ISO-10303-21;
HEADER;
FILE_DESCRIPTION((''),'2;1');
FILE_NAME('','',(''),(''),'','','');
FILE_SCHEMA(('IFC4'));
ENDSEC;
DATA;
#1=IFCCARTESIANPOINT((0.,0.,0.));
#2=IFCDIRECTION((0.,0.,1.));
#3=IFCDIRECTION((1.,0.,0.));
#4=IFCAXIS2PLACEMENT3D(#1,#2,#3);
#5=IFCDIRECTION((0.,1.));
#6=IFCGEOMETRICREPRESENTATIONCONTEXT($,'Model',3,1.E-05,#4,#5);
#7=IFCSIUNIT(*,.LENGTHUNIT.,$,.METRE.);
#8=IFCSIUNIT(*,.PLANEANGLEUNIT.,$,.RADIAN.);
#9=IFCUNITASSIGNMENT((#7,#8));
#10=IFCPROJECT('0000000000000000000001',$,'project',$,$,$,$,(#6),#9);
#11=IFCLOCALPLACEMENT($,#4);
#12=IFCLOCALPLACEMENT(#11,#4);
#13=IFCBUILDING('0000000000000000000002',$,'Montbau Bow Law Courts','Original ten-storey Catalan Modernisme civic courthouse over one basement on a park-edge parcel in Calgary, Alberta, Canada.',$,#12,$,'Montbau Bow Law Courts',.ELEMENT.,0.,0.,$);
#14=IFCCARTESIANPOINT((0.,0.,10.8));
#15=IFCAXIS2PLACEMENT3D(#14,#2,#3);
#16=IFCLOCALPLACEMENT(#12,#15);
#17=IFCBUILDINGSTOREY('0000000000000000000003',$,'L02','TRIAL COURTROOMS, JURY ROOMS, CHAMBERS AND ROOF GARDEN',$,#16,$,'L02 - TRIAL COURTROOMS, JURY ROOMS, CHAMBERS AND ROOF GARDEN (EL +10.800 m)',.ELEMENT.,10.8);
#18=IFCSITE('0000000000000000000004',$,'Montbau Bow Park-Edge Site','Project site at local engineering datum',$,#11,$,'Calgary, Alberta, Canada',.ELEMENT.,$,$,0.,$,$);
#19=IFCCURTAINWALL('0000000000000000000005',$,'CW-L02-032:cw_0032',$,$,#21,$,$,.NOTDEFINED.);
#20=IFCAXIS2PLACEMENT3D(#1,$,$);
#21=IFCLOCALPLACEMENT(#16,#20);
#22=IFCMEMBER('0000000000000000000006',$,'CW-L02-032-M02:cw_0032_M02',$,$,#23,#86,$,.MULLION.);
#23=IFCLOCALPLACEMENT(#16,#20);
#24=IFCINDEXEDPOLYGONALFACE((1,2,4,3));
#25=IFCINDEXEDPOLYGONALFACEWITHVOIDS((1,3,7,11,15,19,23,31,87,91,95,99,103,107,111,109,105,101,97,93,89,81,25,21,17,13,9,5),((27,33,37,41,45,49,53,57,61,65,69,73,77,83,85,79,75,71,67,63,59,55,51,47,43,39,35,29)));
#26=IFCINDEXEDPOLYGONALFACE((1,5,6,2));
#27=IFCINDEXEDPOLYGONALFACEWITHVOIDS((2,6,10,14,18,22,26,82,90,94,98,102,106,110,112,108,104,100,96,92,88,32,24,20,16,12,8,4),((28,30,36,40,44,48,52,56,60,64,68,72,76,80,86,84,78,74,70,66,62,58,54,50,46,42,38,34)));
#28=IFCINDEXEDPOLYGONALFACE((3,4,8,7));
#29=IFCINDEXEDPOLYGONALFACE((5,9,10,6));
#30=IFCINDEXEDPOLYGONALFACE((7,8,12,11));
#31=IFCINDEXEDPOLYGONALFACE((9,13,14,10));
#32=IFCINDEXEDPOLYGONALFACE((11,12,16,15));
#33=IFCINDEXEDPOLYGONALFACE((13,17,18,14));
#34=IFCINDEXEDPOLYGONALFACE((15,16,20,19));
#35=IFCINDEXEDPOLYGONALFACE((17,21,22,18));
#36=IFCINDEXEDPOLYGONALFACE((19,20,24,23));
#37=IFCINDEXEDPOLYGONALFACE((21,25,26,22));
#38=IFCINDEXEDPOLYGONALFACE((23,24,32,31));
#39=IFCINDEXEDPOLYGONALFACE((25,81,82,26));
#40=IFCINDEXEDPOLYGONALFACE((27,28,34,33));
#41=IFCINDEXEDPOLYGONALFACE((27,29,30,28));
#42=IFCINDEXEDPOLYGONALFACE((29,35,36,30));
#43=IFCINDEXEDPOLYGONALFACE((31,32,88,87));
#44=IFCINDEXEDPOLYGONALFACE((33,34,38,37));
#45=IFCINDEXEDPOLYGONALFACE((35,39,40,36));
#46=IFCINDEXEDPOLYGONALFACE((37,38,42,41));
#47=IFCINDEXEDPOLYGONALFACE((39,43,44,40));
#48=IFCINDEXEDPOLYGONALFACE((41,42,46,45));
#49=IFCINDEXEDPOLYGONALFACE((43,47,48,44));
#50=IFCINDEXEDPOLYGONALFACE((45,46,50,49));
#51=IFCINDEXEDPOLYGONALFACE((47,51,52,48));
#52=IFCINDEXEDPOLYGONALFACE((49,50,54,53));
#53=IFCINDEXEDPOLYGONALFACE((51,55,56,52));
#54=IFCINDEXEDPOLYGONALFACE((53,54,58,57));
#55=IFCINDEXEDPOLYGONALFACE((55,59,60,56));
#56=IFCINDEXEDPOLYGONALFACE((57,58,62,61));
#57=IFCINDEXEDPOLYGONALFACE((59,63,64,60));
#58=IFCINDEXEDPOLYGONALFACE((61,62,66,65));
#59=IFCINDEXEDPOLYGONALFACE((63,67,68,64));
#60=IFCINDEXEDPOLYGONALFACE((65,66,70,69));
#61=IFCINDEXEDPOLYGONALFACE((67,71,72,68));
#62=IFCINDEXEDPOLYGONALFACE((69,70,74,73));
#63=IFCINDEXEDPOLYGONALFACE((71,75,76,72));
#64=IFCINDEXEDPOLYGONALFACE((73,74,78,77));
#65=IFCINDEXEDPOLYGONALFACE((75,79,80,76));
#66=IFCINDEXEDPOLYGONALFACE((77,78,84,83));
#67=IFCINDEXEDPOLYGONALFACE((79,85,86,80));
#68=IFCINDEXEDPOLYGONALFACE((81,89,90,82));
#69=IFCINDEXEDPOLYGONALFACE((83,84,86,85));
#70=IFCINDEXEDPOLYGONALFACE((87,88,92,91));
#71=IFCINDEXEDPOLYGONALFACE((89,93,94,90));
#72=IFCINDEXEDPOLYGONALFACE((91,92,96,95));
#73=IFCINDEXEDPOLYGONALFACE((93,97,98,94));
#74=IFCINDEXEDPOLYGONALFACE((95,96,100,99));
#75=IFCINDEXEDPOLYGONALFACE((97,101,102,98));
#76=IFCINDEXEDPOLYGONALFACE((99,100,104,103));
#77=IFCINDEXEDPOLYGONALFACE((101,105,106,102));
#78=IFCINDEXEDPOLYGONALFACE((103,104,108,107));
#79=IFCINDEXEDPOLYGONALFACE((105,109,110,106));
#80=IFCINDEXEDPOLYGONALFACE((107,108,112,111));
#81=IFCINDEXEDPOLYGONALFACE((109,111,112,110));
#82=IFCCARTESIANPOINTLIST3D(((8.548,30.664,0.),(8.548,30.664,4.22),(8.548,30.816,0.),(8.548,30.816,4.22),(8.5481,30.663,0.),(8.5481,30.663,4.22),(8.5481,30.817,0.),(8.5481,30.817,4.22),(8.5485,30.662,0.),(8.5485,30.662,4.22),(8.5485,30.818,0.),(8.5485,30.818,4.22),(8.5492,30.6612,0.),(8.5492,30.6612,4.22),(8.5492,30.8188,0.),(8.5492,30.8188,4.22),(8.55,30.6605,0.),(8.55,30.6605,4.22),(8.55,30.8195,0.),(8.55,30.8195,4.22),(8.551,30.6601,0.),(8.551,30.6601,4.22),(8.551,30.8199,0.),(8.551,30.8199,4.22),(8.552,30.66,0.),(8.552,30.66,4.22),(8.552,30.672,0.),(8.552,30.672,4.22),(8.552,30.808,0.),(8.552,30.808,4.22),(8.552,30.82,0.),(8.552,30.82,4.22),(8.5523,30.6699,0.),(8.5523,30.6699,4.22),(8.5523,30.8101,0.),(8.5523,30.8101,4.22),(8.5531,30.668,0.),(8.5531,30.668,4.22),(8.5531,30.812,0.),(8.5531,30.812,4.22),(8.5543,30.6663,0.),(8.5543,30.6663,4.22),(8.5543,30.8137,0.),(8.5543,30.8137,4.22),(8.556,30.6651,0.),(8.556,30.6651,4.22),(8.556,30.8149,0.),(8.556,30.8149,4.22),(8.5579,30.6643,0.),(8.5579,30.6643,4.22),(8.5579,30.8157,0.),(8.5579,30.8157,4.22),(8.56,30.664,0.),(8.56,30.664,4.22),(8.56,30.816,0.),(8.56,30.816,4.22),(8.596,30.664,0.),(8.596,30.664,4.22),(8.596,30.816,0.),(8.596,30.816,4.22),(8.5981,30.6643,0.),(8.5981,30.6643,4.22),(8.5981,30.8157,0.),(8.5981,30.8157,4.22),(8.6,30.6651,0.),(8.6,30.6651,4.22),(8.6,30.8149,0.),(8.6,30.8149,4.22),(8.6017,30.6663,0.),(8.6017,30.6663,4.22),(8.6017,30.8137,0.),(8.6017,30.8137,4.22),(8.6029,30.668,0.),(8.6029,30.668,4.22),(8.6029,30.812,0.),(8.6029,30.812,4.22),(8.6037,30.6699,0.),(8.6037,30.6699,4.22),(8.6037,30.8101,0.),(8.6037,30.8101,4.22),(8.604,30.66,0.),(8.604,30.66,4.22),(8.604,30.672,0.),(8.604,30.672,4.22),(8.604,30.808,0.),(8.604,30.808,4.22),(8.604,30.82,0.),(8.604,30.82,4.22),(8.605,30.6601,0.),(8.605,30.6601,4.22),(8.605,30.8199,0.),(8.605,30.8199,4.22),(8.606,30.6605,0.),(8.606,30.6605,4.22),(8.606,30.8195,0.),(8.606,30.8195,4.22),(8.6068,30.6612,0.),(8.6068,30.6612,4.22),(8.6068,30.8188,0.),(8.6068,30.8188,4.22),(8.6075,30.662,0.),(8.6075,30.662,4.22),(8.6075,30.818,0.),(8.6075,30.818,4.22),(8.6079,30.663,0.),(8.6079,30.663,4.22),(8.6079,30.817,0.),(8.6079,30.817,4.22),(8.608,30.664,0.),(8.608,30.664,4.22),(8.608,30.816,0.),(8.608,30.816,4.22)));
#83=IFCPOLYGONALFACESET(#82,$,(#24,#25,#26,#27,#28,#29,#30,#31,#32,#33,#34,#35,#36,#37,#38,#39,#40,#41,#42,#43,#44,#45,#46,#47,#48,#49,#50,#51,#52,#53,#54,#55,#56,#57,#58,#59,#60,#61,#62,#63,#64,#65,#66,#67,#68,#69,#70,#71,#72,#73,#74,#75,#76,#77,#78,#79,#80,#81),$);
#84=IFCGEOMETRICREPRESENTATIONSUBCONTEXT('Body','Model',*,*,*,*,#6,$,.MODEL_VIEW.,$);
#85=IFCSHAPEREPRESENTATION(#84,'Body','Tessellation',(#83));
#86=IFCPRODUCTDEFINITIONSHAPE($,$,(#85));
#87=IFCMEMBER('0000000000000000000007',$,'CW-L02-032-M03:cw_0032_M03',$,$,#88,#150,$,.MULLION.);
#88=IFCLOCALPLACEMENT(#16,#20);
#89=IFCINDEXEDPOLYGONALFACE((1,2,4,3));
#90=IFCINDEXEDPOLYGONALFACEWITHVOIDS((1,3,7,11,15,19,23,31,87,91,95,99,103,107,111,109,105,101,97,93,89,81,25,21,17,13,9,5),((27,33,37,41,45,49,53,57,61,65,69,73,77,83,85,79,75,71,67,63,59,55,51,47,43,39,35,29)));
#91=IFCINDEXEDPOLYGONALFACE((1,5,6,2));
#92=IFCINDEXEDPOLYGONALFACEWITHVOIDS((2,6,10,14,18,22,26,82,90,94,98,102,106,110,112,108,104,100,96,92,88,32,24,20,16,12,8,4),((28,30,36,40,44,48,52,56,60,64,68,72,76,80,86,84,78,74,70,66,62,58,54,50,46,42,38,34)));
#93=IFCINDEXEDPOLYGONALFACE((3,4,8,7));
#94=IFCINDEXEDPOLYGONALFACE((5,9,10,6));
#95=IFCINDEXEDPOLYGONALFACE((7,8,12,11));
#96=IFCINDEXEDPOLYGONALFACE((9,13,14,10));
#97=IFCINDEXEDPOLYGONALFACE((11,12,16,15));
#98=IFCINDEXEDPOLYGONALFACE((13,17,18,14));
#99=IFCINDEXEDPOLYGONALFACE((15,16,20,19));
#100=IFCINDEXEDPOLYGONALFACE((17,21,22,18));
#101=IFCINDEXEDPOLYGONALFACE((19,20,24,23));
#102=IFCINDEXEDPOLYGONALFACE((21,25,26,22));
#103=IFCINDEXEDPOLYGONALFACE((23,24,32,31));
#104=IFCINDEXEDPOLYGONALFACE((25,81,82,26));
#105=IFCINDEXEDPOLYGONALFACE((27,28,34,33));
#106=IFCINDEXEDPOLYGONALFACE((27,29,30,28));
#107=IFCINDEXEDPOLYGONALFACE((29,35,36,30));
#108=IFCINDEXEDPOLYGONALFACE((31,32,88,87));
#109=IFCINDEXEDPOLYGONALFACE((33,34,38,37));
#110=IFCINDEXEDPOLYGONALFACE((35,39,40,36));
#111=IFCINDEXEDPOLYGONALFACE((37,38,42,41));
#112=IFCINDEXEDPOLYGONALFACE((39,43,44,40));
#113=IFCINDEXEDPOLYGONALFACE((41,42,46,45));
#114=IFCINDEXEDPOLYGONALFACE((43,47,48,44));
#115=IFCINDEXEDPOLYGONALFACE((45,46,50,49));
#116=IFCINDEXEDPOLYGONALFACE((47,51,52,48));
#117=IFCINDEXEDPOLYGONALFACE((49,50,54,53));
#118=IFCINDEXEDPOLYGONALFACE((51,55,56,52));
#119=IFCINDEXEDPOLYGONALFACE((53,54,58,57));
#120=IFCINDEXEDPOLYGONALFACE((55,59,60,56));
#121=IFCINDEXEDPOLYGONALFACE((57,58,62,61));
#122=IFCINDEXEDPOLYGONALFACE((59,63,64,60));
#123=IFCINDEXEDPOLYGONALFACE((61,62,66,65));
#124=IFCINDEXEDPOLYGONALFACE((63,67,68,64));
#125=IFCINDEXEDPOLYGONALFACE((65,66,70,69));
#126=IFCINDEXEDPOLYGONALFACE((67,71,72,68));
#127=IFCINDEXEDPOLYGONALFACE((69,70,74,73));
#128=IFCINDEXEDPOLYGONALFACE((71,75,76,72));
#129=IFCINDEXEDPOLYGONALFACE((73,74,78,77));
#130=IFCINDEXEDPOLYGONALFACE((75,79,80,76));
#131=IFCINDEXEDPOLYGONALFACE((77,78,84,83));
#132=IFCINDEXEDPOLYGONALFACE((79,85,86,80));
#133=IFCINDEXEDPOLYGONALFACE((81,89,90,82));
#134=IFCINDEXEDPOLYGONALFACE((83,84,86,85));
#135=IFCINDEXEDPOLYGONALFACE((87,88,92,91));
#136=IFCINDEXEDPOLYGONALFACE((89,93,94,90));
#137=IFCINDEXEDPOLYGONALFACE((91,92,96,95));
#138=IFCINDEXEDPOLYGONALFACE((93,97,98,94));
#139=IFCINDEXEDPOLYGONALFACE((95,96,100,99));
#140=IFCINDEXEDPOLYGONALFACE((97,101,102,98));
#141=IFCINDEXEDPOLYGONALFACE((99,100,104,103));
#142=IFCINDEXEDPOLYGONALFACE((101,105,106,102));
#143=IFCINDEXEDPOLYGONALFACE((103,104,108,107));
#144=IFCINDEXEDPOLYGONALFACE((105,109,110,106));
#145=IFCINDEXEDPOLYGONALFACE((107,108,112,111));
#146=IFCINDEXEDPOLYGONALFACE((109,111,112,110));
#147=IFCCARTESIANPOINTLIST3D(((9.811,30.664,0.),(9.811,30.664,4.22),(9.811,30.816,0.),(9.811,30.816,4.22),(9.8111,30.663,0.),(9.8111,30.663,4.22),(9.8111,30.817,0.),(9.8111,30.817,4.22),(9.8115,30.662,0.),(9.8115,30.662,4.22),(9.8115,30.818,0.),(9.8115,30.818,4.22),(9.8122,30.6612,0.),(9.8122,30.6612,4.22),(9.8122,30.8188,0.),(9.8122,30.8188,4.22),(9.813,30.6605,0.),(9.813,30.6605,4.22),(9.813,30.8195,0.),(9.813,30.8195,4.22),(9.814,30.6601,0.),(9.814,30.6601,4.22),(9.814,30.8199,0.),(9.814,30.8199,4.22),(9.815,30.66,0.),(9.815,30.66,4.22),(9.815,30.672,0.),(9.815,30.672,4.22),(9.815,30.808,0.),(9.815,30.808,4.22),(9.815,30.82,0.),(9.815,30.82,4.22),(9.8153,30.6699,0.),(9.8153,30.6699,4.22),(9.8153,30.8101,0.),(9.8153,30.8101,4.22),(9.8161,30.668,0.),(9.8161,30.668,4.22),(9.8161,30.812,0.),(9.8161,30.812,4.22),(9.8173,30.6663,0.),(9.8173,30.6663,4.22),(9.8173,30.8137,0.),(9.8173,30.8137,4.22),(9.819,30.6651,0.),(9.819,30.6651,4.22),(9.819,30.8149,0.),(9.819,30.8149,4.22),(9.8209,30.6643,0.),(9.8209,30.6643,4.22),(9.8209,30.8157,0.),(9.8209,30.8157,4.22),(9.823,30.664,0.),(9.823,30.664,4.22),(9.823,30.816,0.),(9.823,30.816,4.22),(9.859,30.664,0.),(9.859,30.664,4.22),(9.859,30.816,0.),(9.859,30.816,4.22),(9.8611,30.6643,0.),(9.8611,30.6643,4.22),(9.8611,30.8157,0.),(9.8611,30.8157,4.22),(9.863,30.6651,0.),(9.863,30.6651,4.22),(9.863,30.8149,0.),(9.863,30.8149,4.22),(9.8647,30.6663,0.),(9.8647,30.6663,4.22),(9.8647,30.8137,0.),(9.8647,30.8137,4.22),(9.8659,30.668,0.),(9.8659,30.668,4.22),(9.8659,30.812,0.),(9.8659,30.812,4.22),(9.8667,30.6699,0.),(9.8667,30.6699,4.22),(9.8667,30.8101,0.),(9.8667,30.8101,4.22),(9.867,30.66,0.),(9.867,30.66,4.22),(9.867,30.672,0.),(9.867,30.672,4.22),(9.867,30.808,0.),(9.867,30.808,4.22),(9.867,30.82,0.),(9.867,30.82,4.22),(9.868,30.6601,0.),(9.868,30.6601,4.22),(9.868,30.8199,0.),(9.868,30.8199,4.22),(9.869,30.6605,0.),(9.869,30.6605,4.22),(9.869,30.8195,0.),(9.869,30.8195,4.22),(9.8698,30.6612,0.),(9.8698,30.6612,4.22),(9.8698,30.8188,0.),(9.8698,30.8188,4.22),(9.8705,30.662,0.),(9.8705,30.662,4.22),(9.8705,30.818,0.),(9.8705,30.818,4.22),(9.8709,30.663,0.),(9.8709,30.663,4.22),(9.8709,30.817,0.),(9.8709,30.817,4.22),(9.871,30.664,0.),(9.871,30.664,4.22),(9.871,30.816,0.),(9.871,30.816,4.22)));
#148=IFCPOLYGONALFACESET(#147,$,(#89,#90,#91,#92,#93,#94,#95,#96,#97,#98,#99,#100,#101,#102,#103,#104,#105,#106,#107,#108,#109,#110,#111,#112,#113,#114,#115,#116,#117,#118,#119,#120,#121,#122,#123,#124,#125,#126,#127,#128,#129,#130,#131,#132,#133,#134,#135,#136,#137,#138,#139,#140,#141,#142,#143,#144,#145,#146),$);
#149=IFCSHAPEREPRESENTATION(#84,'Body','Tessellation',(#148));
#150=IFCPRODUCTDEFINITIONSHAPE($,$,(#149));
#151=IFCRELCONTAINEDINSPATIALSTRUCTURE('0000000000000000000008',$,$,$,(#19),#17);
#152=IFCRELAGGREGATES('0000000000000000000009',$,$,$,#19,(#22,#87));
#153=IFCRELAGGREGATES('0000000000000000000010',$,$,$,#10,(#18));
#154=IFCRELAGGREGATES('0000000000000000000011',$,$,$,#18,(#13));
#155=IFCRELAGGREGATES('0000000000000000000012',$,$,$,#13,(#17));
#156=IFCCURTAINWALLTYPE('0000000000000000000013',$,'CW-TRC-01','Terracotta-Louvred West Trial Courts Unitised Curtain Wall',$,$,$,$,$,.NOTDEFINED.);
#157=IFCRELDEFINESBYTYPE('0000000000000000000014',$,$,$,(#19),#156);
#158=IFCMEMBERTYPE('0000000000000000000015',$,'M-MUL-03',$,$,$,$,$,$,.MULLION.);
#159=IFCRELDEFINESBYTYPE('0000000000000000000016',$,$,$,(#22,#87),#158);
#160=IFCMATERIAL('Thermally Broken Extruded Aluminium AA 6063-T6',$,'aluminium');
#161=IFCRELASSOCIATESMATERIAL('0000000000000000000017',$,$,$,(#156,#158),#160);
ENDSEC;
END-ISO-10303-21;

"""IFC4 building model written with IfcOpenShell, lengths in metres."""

from ifc_helpers import new_model, si_unit, direction, frame, origin_with_axes, origin_2d_with_axis, place, context, subcontext, project, spatial, hollow_rectangle, extrude, material, material_profile, profile_set, type_object, element, aggregate, save


model = new_model("IFC4")

# Units and contexts
model_context = context("Model", 3, precision=1e-05, world=origin_with_axes(), true_north=direction((0.0, 1.0)))
body_context = subcontext(model_context, "Body", "Model", "MODEL_VIEW")
ifc_project = project(units=[si_unit("LENGTHUNIT", "METRE"), si_unit("PLANEANGLEUNIT", "RADIAN")], contexts=[model_context])

# Site, building, storey
site_placement = place(None, origin_with_axes())
site = spatial("IfcSite", under=ifc_project, at=site_placement, Name="Montbau Bow Park-Edge Site", Description="Project site at local engineering datum", LongName="Calgary, Alberta, Canada", CompositionType="ELEMENT", RefElevation=0.0)
building_placement = place(site_placement, origin_with_axes())
building = spatial("IfcBuilding", under=site, at=building_placement, Name="Montbau Bow Law Courts", Description="Original ten-storey Catalan Modernisme civic courthouse over one basement on a park-edge parcel in Calgary, Alberta, Canada.", LongName="Montbau Bow Law Courts", CompositionType="ELEMENT", ElevationOfRefHeight=0.0, ElevationOfTerrain=0.0)
storey_placement = place(building_placement, frame((0.0, 0.0, 10.8), z_axis=(0.0, 0.0, 1.0), x_axis=(1.0, 0.0, 0.0)))
storey = spatial("IfcBuildingStorey", under=building, at=storey_placement, Name="L02", Description="TRIAL COURTROOMS, JURY ROOMS, CHAMBERS AND ROOF GARDEN", LongName="L02 - TRIAL COURTROOMS, JURY ROOMS, CHAMBERS AND ROOF GARDEN (EL +10.800 m)", CompositionType="ELEMENT", Elevation=10.8)

# Shared definitions
ifc_material_1 = material(Name="Thermally Broken Extruded Aluminium AA 6063-T6", Category="aluminium")
curtain_wall_type = type_object("IfcCurtainWallType", Name="CW-TRC-01", Description="Terracotta-Louvred West Trial Courts Unitised Curtain Wall", PredefinedType="NOTDEFINED", material=ifc_material_1)

# Curtain wall, members
curtain_wall_1_placement = place(None, frame((7.315, 30.74, 10.8), z_axis=(0.0, 0.0, 1.0), x_axis=(1.0, 0.0, 0.0)))
curtain_wall_1 = element("IfcCurtainWall", 1, at=curtain_wall_1_placement, inside=storey, type_object=curtain_wall_type, Name="CW-L02-032:cw_0032", PredefinedType="NOTDEFINED")
ifc_material_profile_1 = material_profile(ifc_material_1, hollow_rectangle(XDim=0.06, YDim=0.16, WallThickness=0.004, InnerFilletRadius=0.008, OuterFilletRadius=0.004, at=origin_2d_with_axis()), Name="CWM-160X60", Category="Main", Priority=0)
ifc_profile_set_1 = profile_set([ifc_material_profile_1], Name="Thermally Broken Extruded Aluminium AA 6063-T6")
member_type_1 = type_object("IfcMemberType", Name="M-MUL-03", PredefinedType="MULLION", material=ifc_profile_set_1)
member_1_placement = place(None, frame((8.578, 30.74, 10.8), z_axis=(0.0, 0.0, 1.0), x_axis=(1.0, 0.0, 0.0)))
member_1 = element("IfcMember", 2, at=member_1_placement, type_object=member_type_1, Name="CW-L02-032-M02:cw_0032_M02", PredefinedType="MULLION", context=body_context, shape_type="SweptSolid", body=[
    extrude(hollow_rectangle(XDim=0.06, YDim=0.16, WallThickness=0.004, InnerFilletRadius=0.008, OuterFilletRadius=0.004, at=origin_2d_with_axis()), origin_with_axes(), (0.0, 0.0, 1.0), 4.22),
])
member_2_placement = place(None, frame((9.841, 30.74, 10.8), z_axis=(0.0, 0.0, 1.0), x_axis=(1.0, 0.0, 0.0)))
member_2 = element("IfcMember", 3, at=member_2_placement, type_object=member_type_1, Name="CW-L02-032-M03:cw_0032_M03", PredefinedType="MULLION", context=body_context, shape_type="SweptSolid", body=[
    extrude(hollow_rectangle(XDim=0.06, YDim=0.16, WallThickness=0.004, InnerFilletRadius=0.008, OuterFilletRadius=0.004, at=origin_2d_with_axis()), origin_with_axes(), (0.0, 0.0, 1.0), 4.22),
])

aggregate(curtain_wall_1, [member_1, member_2])

save(model, "model.ifc")
